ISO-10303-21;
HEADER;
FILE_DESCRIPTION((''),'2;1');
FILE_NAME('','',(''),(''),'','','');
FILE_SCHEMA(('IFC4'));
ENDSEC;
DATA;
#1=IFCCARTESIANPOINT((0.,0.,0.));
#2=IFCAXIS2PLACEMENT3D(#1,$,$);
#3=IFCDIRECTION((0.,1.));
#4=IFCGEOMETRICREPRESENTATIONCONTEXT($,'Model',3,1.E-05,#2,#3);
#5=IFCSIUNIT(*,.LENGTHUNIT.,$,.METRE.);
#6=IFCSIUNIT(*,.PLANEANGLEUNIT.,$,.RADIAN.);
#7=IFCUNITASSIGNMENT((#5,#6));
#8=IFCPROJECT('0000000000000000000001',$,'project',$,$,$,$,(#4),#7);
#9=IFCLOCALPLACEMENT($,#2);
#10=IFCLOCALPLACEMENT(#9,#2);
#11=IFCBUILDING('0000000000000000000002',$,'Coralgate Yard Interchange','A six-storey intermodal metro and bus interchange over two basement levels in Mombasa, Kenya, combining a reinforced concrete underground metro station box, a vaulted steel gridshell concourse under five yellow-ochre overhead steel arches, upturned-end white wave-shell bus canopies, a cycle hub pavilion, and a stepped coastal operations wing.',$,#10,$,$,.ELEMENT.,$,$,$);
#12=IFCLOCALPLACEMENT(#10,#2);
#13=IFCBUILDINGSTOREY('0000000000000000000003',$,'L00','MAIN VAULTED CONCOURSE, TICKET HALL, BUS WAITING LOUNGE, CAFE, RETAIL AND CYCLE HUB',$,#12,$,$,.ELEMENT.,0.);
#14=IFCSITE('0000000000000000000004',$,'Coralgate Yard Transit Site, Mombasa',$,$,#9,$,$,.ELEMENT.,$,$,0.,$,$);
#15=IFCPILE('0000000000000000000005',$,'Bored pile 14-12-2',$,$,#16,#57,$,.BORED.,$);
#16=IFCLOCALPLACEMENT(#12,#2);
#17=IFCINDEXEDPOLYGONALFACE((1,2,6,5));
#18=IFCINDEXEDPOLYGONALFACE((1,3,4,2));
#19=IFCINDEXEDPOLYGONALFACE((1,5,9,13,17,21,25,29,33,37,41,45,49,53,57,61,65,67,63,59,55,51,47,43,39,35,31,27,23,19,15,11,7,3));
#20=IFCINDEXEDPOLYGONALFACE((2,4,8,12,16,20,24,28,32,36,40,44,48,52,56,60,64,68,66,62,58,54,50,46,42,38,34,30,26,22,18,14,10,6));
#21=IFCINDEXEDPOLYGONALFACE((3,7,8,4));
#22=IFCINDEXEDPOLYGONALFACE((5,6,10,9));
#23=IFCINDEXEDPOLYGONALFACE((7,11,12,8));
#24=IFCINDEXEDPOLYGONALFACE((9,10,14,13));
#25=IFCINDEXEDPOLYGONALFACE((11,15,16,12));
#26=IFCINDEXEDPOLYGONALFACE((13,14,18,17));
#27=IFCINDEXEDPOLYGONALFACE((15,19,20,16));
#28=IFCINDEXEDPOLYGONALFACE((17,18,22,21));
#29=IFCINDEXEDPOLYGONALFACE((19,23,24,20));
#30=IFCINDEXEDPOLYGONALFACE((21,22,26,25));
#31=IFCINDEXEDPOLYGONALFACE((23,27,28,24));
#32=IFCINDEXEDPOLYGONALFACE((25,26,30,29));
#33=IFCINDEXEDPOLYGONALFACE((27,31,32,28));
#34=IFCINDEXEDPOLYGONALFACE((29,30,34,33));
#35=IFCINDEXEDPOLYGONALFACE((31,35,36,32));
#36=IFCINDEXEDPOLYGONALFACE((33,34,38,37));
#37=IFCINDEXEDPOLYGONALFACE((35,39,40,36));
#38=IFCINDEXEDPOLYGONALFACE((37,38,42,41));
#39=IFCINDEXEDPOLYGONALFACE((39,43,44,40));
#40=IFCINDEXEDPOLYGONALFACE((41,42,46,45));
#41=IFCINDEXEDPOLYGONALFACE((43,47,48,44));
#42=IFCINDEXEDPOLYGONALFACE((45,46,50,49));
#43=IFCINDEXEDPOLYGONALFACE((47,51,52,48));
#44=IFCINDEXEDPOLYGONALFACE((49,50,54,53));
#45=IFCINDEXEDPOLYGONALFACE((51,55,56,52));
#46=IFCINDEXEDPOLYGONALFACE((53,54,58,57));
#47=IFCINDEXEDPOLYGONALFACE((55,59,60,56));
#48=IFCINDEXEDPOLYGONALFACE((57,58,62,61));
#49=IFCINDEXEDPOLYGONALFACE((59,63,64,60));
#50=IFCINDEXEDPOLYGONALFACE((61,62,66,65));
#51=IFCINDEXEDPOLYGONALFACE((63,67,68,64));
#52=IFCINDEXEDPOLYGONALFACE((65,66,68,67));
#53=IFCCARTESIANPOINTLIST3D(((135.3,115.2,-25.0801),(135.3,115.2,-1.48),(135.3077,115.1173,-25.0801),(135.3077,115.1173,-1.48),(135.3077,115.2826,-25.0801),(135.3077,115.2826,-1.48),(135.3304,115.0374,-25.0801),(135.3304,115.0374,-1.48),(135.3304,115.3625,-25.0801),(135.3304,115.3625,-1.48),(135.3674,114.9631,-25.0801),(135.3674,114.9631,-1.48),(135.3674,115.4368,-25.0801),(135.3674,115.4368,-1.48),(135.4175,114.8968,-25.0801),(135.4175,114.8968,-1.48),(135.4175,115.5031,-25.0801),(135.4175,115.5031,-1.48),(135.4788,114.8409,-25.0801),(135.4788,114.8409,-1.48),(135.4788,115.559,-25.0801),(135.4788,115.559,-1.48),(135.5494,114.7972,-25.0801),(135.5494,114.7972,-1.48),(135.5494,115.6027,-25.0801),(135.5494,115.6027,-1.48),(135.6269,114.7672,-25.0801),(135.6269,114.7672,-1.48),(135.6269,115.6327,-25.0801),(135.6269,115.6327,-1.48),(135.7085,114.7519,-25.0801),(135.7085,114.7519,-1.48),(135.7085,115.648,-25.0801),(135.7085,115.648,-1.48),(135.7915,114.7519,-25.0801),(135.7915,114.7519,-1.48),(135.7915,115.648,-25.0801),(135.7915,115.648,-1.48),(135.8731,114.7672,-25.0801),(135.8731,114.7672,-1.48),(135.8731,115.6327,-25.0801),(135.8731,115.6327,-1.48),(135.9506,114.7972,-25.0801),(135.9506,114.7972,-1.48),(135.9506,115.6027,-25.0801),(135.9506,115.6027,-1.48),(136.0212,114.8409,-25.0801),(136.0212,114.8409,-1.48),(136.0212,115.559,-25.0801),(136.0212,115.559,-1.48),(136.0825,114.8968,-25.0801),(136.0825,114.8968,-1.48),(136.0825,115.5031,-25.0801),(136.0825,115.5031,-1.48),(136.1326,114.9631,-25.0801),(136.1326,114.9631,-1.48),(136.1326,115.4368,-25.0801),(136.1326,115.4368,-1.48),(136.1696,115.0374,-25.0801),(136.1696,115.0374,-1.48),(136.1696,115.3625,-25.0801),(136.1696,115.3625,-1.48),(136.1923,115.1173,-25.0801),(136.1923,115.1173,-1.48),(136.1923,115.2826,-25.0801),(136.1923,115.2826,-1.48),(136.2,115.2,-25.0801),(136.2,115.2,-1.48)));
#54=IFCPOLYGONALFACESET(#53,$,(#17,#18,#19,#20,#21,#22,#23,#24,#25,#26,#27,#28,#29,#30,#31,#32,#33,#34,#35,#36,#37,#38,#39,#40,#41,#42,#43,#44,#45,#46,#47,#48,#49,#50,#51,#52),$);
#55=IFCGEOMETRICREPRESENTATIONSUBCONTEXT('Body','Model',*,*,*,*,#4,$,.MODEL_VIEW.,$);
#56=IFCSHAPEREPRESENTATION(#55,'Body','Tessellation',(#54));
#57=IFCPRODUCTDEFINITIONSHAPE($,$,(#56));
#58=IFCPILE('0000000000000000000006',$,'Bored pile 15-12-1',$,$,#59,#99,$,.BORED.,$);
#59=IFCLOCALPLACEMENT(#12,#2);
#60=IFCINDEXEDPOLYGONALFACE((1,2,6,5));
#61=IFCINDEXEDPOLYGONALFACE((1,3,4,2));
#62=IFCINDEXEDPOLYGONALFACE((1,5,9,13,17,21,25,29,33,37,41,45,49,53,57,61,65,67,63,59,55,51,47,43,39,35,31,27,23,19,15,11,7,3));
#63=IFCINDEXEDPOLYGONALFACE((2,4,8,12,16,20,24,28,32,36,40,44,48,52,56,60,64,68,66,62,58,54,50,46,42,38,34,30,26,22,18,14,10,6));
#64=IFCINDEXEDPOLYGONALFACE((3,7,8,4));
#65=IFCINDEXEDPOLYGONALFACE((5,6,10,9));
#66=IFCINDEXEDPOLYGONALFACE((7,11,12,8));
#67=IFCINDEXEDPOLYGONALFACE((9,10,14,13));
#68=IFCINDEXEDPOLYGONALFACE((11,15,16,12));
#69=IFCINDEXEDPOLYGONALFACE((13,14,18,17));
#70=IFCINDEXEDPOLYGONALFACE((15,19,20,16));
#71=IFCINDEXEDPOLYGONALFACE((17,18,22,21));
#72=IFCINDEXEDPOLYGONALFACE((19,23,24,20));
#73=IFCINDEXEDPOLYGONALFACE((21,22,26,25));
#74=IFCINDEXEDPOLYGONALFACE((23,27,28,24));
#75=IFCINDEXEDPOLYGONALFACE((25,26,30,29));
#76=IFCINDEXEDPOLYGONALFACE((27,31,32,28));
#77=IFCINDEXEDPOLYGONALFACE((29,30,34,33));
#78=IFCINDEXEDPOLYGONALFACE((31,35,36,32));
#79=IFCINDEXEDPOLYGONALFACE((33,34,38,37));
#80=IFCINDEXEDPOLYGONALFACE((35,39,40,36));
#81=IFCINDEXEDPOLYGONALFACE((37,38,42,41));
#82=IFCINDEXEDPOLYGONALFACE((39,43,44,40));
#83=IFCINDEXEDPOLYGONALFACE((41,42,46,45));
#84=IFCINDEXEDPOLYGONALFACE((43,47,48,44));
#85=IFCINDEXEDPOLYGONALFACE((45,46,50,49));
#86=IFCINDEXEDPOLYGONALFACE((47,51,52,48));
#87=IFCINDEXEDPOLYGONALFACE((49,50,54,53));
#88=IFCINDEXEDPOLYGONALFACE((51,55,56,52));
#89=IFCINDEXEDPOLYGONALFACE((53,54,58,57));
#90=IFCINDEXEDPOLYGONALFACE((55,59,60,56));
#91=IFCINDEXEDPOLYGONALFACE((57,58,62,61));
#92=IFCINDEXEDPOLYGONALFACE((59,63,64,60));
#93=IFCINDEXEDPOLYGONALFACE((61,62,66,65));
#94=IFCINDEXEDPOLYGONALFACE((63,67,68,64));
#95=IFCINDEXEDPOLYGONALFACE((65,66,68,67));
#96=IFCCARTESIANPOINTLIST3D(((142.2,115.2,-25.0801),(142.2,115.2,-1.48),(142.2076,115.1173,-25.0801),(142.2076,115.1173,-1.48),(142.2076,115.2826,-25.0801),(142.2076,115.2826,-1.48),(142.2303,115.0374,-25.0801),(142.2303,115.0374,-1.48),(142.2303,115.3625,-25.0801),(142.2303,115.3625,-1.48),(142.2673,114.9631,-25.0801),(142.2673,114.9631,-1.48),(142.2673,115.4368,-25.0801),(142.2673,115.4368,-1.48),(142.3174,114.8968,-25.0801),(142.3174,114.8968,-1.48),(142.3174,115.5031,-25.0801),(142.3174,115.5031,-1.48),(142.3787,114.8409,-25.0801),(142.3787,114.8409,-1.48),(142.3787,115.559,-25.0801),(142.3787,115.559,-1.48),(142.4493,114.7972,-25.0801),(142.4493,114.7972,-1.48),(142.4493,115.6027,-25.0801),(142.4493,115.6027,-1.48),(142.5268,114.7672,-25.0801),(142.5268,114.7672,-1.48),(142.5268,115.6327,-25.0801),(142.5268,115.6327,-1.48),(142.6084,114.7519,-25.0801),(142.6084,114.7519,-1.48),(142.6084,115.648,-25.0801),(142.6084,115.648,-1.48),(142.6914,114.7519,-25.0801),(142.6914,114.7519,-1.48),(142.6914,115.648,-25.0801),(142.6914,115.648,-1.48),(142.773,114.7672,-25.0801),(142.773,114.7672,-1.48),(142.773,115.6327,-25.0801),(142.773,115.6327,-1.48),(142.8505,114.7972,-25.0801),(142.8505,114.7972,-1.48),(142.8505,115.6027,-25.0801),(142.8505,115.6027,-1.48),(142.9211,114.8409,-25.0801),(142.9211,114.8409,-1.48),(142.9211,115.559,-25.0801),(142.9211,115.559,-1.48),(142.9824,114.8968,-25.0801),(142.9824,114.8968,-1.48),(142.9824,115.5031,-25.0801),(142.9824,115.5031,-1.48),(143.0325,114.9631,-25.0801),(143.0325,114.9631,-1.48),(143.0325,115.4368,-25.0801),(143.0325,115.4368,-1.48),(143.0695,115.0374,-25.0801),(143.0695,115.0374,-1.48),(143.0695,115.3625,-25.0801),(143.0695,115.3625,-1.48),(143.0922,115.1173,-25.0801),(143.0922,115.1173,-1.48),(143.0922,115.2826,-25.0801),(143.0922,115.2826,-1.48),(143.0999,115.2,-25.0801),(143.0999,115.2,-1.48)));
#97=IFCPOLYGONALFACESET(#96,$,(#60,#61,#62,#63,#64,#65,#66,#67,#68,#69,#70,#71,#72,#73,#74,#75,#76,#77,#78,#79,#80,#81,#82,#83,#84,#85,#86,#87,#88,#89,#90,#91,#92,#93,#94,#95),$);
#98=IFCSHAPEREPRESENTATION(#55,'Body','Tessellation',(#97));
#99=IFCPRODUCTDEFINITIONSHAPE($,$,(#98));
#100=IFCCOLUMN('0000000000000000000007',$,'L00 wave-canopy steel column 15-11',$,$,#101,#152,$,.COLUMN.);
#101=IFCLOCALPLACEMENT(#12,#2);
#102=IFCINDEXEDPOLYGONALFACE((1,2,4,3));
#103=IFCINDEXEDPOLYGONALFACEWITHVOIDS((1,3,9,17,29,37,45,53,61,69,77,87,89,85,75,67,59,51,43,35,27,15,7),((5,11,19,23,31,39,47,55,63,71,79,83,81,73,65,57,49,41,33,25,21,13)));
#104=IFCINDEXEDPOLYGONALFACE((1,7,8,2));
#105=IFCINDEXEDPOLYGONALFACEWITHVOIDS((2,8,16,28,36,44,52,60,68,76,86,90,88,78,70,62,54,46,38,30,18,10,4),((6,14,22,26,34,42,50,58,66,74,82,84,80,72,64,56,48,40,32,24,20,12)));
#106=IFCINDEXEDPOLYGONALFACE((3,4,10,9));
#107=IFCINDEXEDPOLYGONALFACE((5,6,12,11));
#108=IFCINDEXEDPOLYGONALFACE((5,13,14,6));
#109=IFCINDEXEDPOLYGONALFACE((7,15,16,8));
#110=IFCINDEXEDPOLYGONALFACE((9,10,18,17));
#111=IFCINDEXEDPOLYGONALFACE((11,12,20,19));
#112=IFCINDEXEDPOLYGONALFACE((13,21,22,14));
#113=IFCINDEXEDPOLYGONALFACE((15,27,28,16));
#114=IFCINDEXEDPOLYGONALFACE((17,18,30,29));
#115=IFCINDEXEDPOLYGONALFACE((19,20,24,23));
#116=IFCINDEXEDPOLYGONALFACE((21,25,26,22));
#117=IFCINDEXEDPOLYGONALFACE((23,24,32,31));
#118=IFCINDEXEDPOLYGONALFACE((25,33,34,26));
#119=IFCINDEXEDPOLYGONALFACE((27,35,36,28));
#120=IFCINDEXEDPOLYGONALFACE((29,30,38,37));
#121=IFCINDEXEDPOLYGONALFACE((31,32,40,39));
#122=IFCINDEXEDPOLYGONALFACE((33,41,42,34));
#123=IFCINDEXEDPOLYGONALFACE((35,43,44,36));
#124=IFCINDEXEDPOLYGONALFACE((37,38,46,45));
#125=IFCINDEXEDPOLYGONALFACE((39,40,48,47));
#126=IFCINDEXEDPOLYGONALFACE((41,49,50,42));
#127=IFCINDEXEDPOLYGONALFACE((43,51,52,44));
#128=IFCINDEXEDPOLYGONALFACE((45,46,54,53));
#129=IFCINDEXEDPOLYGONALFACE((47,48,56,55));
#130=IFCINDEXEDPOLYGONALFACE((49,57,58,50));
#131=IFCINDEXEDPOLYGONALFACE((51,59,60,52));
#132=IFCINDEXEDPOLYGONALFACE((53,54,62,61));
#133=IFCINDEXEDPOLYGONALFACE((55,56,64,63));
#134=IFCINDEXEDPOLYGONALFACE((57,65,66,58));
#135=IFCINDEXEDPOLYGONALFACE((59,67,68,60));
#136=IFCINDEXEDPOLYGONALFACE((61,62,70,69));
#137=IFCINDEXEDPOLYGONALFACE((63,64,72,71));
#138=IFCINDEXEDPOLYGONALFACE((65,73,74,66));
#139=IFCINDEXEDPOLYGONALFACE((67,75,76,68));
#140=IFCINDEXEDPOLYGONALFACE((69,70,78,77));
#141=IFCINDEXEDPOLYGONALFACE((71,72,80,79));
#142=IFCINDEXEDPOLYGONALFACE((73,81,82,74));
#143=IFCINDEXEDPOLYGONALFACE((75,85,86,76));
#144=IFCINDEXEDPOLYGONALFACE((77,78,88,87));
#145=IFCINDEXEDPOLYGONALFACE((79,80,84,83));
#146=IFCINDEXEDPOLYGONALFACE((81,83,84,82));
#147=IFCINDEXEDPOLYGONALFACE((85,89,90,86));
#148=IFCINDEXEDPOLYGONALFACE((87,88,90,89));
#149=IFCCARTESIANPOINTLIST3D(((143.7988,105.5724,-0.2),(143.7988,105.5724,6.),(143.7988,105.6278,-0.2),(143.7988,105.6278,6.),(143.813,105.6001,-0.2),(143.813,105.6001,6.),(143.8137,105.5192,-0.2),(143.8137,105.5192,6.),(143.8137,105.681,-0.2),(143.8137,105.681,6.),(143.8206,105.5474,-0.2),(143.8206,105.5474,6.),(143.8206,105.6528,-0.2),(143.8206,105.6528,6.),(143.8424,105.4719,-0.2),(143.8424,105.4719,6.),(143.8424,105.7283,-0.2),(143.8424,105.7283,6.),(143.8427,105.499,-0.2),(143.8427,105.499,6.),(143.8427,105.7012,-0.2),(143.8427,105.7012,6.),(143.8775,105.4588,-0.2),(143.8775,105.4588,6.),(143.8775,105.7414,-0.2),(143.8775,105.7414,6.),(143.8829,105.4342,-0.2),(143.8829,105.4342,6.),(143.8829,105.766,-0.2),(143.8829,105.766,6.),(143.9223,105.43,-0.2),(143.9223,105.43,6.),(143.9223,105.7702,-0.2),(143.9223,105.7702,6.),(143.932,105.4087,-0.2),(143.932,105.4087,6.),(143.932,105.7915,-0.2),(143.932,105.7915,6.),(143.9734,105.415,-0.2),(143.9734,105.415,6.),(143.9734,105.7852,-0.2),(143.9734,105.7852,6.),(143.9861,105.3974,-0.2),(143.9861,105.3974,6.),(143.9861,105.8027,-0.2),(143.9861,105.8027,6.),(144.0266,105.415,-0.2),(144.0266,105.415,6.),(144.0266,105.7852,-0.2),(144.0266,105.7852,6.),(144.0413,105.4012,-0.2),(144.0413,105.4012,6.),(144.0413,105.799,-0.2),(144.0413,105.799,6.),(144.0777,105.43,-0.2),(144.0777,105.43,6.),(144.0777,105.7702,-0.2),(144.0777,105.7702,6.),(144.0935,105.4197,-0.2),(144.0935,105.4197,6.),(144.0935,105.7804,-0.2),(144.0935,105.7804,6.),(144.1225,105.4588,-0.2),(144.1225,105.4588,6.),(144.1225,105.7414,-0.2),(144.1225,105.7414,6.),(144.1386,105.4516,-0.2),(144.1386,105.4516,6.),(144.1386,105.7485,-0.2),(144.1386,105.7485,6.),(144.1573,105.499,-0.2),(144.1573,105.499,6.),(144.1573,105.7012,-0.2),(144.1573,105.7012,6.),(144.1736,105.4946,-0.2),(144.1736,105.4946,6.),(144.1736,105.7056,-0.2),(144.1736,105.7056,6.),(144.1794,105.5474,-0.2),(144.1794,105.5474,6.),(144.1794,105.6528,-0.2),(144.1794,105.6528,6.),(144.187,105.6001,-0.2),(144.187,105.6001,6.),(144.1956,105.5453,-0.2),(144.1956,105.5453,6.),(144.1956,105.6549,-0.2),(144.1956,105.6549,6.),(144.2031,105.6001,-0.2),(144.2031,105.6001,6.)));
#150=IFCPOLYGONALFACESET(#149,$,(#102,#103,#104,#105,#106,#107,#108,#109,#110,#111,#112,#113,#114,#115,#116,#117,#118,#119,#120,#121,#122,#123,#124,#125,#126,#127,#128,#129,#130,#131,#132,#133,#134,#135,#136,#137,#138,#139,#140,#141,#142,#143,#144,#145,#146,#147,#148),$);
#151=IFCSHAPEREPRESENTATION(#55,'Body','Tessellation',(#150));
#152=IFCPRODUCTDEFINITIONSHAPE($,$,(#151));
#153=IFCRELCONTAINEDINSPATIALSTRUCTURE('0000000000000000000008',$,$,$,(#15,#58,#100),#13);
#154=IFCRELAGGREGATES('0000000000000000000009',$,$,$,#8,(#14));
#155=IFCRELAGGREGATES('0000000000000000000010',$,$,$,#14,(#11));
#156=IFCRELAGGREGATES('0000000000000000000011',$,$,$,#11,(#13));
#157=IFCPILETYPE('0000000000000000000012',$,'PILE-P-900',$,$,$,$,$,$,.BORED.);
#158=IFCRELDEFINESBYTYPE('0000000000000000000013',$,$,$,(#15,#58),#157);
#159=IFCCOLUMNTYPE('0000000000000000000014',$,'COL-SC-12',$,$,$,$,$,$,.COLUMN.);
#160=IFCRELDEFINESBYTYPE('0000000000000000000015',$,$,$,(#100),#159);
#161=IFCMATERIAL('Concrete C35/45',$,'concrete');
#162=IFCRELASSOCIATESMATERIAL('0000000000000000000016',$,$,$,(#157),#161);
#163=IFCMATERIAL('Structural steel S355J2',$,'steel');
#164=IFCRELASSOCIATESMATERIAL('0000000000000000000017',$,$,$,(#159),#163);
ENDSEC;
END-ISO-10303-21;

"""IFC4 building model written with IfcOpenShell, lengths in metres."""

from ifc_helpers import new_model, si_unit, direction, frame, origin, origin_2d, place, context, subcontext, project, spatial, circle, hollow_circle, extrude, material, material_profile, profile_set, type_object, element, save


model = new_model("IFC4")

# Units and contexts
model_context = context("Model", 3, precision=1e-05, world=origin(), true_north=direction((0.0, 1.0)))
body_context = subcontext(model_context, "Body", "Model", "MODEL_VIEW")
ifc_project = project(units=[si_unit("LENGTHUNIT", "METRE"), si_unit("PLANEANGLEUNIT", "RADIAN")], contexts=[model_context])

# Site, building, storey
site_placement = place(None, origin())
site = spatial("IfcSite", under=ifc_project, at=site_placement, Name="Coralgate Yard Transit Site, Mombasa", CompositionType="ELEMENT", RefElevation=0.0)
building_placement = place(site_placement, origin())
building = spatial("IfcBuilding", under=site, at=building_placement, Name="Coralgate Yard Interchange", Description="A six-storey intermodal metro and bus interchange over two basement levels in Mombasa, Kenya, combining a reinforced concrete underground metro station box, a vaulted steel gridshell concourse under five yellow-ochre overhead steel arches, upturned-end white wave-shell bus canopies, a cycle hub pavilion, and a stepped coastal operations wing.", CompositionType="ELEMENT")
storey_placement = place(building_placement, origin())
storey = spatial("IfcBuildingStorey", under=building, at=storey_placement, Name="L00", Description="MAIN VAULTED CONCOURSE, TICKET HALL, BUS WAITING LOUNGE, CAFE, RETAIL AND CYCLE HUB", CompositionType="ELEMENT", Elevation=0.0)

# Piles
ifc_material_1 = material(Name="Concrete C35/45", Category="concrete")
ifc_material_profile_1 = material_profile(ifc_material_1, circle(Radius=0.45, at=origin_2d()), Name="BORED PILE D900")
ifc_profile_set_1 = profile_set([ifc_material_profile_1], Name="Concrete C35/45")
pile_type = type_object("IfcPileType", Name="PILE-P-900", PredefinedType="BORED", material=ifc_profile_set_1)
for number, where, z_axis, x_axis, name in (
    (1, (135.75, 115.2, -1.48), (0.0, 0.0, -1.0), (1.0, 0.0, 0.0), "Bored pile 14-12-2"),
    (2, (142.6499, 115.2, -1.48), (0.0, 0.0, -1.0), (1.0, 0.0, 0.0), "Bored pile 15-12-1"),
):
    element("IfcPile", number, at=place(storey_placement, frame(where, z_axis=z_axis, x_axis=x_axis)), inside=storey, type_object=pile_type, Name=name, PredefinedType="BORED", context=body_context, shape_type="SweptSolid", body=[
        extrude(circle(Radius=0.45, at=origin_2d()), origin(), (0.0, 0.0, 1.0), 23.6001),
    ])

# Column
ifc_material_2 = material(Name="Structural steel S355J2", Category="steel")
ifc_material_profile_2 = material_profile(ifc_material_2, hollow_circle(Radius=0.2031, WallThickness=0.0161, at=origin_2d()), Name="CHS 406.4x16")
ifc_profile_set_2 = profile_set([ifc_material_profile_2], Name="Structural steel S355J2")
column_type_1 = type_object("IfcColumnType", Name="COL-SC-12", PredefinedType="COLUMN", material=ifc_profile_set_2)
column_placement = place(storey_placement, frame((144.0, 105.6001, -0.2), z_axis=(0.0, 0.0, 1.0), x_axis=(1.0, 0.0, 0.0)))
element("IfcColumn", 3, at=column_placement, inside=storey, type_object=column_type_1, Name="L00 wave-canopy steel column 15-11", PredefinedType="COLUMN", context=body_context, shape_type="SweptSolid", body=[
    extrude(hollow_circle(Radius=0.2031, WallThickness=0.0161, at=origin_2d()), origin(), (0.0, 0.0, 1.0), 6.2),
])

save(model, "model.ifc")
